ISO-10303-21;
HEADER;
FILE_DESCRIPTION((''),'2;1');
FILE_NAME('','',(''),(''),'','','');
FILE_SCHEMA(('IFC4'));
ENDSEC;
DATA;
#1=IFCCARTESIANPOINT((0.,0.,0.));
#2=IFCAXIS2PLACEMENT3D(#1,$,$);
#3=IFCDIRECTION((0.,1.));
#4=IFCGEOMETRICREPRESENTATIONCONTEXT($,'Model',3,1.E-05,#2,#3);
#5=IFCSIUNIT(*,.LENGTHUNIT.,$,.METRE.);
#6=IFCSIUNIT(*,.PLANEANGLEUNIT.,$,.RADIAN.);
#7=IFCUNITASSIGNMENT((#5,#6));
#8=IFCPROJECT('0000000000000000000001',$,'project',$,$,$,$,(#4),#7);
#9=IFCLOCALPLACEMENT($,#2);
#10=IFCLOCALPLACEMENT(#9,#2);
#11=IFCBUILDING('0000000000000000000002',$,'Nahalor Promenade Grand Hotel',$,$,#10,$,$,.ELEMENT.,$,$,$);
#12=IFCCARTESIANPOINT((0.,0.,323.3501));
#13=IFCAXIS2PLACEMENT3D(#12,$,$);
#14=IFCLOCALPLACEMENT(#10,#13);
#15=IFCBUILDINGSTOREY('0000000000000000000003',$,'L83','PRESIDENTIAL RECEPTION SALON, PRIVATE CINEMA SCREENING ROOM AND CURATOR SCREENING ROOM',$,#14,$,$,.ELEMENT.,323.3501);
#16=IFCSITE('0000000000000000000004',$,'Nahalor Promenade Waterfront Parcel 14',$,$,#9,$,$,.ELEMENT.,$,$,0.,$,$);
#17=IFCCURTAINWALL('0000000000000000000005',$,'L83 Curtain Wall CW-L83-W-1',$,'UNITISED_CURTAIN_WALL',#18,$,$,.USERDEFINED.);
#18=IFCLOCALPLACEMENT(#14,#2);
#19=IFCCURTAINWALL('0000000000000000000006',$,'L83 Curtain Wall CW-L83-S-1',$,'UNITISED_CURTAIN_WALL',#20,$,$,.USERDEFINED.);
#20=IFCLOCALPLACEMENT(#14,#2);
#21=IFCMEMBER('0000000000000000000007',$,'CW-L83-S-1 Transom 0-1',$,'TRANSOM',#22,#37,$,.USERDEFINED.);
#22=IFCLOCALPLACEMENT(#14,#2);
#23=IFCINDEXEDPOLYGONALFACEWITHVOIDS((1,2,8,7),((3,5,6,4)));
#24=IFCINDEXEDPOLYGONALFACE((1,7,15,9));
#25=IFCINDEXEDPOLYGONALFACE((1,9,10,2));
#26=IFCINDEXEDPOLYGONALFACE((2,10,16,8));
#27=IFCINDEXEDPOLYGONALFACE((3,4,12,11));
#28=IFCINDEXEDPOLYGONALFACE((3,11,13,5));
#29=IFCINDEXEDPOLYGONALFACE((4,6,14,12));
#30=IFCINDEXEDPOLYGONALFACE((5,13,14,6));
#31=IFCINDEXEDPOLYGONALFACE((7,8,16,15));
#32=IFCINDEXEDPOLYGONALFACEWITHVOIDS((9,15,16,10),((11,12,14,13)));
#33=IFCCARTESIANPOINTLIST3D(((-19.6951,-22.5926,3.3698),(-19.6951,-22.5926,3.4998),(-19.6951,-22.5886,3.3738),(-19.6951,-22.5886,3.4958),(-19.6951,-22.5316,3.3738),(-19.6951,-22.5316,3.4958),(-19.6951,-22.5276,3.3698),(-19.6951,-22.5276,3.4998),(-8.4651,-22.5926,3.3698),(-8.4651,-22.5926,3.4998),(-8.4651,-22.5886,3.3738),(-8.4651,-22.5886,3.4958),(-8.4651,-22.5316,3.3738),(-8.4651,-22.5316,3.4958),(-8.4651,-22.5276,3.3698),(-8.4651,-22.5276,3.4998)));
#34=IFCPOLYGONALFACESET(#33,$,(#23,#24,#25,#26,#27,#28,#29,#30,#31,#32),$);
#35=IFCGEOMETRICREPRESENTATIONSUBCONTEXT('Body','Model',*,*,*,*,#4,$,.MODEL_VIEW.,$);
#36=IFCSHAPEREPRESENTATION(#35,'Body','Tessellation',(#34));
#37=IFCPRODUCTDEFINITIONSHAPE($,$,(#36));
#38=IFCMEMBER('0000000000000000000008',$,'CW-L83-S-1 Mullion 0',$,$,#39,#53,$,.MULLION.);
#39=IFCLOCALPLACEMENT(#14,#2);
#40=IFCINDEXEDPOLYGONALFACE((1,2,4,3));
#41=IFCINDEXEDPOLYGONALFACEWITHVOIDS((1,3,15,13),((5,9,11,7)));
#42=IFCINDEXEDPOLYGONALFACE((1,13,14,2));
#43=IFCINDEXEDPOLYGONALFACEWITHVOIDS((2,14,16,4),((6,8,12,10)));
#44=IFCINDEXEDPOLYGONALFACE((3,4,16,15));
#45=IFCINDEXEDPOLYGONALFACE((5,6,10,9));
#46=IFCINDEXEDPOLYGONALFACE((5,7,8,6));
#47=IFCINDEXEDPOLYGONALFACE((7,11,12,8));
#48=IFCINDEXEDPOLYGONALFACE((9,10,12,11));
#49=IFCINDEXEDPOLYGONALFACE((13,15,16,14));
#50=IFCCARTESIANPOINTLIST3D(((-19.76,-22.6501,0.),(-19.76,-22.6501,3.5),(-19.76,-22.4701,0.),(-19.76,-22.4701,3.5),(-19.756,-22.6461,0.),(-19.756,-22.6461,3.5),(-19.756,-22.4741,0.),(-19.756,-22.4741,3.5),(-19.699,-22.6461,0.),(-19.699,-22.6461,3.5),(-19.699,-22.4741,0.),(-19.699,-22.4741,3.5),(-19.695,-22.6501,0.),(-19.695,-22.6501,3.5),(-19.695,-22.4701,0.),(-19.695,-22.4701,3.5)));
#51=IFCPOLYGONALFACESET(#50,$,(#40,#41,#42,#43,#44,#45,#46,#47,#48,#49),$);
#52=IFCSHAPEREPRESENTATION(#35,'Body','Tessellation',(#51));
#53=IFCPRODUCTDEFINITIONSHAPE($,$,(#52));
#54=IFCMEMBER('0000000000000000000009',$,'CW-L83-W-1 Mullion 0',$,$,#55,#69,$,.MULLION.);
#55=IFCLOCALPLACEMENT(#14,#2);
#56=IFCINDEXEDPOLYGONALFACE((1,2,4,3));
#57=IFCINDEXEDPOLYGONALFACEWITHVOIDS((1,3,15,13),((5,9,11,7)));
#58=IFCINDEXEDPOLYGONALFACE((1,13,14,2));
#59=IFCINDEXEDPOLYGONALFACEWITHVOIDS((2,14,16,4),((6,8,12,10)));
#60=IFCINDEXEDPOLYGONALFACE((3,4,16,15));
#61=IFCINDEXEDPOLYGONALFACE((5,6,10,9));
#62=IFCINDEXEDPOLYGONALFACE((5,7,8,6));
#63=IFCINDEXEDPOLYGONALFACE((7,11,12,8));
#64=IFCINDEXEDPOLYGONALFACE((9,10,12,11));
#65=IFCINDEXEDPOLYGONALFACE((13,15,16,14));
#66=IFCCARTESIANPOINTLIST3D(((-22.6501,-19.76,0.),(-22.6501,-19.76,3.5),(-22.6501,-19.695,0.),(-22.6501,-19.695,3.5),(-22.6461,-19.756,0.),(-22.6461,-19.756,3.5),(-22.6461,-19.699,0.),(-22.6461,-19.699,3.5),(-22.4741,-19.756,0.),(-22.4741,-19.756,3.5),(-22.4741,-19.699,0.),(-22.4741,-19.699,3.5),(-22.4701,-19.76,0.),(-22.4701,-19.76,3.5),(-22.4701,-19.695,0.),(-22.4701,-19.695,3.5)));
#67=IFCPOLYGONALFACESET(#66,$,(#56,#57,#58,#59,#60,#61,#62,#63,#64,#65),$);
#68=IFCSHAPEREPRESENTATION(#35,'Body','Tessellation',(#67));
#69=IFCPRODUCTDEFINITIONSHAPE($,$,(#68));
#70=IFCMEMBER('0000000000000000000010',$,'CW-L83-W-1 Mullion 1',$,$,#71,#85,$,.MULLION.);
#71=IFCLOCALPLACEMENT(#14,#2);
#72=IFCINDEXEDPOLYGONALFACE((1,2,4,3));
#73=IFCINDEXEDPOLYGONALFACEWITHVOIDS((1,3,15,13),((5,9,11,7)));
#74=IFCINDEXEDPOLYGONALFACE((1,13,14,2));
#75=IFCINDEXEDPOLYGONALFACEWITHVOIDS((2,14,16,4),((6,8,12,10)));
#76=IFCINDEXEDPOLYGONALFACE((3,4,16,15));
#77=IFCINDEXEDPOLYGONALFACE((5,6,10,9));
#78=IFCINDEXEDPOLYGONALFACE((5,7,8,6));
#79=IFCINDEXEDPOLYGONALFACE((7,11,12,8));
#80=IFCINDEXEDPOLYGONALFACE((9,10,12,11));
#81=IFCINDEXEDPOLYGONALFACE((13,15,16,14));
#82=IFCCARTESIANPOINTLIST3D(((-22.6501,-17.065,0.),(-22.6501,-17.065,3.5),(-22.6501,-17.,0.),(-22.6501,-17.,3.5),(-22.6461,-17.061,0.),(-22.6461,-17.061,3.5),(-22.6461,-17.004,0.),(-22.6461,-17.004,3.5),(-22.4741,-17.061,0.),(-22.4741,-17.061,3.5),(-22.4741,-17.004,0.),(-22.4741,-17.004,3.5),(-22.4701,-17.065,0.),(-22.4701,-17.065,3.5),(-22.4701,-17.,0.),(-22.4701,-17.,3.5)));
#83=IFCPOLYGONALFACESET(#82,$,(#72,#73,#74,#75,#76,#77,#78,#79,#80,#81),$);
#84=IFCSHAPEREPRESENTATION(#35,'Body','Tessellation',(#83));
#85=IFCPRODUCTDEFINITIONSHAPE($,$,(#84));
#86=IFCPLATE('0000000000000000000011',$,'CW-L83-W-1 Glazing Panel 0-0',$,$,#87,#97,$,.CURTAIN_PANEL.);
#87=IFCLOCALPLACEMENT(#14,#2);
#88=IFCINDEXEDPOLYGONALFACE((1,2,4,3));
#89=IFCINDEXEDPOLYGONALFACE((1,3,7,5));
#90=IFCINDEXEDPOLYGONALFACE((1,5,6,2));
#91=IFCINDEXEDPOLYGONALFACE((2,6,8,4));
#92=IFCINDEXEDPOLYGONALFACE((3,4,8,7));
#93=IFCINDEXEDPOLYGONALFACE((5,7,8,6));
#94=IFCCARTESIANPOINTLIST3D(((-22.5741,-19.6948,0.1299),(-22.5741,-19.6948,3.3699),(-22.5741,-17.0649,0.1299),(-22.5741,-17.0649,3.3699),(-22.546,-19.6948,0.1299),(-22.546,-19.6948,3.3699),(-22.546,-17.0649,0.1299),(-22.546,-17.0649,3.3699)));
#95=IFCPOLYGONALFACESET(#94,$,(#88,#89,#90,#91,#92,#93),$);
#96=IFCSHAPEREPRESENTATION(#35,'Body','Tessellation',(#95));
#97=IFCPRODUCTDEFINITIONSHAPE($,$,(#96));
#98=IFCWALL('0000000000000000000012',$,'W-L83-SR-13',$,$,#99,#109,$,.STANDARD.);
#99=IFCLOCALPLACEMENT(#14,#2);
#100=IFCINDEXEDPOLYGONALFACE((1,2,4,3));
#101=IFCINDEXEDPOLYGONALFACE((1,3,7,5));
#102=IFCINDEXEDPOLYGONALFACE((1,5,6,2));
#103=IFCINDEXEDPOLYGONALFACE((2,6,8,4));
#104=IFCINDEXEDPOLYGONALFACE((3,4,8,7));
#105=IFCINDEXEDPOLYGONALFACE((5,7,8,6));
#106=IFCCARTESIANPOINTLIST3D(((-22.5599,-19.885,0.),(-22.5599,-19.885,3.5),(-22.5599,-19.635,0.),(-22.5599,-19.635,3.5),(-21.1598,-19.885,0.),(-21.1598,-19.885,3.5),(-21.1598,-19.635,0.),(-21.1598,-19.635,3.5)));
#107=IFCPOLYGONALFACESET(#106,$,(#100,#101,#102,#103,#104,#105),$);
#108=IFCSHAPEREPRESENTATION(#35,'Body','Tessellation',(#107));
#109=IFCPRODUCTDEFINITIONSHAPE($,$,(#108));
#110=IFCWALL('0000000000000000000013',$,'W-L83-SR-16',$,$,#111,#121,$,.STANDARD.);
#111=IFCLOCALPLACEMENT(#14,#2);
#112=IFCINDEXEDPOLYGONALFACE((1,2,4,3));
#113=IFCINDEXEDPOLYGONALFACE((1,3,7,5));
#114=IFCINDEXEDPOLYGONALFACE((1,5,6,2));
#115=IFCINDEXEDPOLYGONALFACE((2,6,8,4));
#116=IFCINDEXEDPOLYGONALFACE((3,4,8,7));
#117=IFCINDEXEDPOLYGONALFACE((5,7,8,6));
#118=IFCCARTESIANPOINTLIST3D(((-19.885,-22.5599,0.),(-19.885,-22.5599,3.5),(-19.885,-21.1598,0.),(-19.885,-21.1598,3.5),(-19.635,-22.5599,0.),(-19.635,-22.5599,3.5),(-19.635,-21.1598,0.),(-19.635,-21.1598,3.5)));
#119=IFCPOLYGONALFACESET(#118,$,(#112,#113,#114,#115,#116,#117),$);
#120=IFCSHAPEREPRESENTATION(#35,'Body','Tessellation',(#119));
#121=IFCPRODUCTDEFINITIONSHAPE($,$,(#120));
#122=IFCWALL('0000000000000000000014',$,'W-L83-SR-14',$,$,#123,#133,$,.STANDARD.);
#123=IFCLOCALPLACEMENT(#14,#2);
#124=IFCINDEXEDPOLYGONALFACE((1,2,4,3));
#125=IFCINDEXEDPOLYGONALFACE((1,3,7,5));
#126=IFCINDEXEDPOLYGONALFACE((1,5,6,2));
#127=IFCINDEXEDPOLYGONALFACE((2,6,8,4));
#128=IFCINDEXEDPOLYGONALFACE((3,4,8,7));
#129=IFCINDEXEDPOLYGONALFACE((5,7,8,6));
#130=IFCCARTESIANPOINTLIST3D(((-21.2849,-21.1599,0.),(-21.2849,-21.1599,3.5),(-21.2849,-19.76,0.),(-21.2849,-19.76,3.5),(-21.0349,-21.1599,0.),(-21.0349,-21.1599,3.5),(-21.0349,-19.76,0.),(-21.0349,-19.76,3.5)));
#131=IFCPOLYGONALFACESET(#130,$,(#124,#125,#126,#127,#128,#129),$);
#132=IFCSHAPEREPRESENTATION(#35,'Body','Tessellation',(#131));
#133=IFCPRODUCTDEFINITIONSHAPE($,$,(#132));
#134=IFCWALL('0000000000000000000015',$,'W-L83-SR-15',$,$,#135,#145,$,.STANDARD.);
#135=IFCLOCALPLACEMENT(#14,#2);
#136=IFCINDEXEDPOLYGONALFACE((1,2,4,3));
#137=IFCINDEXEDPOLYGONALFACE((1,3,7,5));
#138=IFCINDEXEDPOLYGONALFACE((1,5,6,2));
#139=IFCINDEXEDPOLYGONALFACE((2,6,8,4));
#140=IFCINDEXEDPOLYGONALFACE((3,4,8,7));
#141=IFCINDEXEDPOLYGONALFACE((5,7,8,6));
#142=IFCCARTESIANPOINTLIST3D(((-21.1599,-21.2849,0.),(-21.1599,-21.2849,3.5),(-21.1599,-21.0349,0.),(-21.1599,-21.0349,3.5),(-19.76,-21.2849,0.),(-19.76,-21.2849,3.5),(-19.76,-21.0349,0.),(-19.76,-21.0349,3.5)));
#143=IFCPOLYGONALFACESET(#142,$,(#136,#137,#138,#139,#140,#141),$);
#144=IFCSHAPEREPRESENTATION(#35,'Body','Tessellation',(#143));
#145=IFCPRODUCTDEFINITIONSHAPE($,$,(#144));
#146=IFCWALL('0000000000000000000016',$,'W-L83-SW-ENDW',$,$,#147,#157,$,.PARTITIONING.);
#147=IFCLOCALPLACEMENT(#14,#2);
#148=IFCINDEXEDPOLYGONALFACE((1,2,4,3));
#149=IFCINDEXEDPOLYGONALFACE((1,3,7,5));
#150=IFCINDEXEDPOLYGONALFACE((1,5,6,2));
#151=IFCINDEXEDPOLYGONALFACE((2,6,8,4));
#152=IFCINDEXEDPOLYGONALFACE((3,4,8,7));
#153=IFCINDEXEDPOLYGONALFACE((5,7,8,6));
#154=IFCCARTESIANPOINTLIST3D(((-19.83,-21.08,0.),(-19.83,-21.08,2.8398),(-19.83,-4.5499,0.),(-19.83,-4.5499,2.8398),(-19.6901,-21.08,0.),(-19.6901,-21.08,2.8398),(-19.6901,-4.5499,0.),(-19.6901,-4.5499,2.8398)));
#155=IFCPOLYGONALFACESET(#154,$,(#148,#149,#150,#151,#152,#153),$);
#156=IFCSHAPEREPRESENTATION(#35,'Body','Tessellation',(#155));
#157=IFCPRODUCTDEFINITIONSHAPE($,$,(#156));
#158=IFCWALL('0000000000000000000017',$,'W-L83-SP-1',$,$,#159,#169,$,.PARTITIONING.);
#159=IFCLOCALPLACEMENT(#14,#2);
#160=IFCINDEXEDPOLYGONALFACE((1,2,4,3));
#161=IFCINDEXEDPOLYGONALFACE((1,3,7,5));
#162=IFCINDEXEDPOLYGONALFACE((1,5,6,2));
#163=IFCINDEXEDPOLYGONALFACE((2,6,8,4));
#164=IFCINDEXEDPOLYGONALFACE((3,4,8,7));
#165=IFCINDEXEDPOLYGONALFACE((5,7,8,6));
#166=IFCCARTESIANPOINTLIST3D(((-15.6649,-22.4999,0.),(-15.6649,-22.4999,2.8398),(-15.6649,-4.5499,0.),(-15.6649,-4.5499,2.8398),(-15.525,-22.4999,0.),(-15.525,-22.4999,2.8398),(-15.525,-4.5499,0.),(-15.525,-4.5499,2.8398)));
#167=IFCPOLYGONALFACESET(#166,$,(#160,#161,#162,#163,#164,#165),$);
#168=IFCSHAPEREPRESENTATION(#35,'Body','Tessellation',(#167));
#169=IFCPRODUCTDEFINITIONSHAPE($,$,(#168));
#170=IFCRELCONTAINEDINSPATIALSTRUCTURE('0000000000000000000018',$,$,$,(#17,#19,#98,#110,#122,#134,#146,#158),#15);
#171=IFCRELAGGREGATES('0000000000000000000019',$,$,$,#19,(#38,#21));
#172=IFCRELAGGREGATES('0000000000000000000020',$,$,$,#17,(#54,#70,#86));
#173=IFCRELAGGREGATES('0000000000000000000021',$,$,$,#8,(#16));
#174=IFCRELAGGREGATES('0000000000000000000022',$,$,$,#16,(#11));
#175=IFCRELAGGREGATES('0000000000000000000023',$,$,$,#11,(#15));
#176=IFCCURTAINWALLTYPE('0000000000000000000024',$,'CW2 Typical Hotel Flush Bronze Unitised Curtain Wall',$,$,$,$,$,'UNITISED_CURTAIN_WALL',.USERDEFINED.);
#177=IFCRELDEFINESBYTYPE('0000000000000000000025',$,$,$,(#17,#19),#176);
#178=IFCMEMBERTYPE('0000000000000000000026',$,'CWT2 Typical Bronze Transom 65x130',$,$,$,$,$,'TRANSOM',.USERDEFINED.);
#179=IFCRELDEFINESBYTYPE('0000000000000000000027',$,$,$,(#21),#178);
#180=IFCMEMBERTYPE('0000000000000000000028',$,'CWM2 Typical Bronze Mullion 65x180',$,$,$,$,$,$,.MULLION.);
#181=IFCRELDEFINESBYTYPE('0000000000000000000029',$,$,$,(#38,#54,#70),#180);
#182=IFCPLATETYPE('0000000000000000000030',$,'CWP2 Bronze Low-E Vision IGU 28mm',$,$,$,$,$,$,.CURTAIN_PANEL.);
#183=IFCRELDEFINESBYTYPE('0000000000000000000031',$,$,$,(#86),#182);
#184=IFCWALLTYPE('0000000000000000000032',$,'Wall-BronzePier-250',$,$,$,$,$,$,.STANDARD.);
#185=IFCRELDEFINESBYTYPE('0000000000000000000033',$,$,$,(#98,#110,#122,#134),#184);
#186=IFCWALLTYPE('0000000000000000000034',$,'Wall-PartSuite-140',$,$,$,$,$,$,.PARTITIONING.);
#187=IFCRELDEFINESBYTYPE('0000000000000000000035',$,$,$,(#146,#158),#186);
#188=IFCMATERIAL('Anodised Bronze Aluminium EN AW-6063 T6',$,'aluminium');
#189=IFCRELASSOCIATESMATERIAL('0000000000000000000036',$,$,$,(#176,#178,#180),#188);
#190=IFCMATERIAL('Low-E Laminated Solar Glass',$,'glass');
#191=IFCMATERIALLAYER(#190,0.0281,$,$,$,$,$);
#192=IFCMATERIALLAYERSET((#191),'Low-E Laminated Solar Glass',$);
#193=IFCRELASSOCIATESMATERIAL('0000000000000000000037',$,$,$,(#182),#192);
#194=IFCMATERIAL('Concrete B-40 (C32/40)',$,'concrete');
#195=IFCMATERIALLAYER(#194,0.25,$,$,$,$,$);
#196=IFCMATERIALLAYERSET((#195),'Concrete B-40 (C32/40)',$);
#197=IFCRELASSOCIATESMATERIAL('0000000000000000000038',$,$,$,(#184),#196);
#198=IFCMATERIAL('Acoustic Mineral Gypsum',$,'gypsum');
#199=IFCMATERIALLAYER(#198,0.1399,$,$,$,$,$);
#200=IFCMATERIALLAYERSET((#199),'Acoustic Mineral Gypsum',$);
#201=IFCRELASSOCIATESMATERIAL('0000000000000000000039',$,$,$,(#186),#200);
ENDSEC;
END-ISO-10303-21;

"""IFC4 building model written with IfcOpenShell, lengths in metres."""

from ifc_helpers import new_model, si_unit, direction, frame, frame_2d, origin, origin_2d, place, context, subcontext, project, spatial, rectangle, hollow_rectangle, extrude, source, transform, mapped, material, layer, layer_set, material_profile, profile_set, type_object, element, aggregate, save


model = new_model("IFC4")

# Units and contexts
model_context = context("Model", 3, precision=1e-05, world=origin(), true_north=direction((0.0, 1.0)))
body_context = subcontext(model_context, "Body", "Model", "MODEL_VIEW")
ifc_project = project(units=[si_unit("LENGTHUNIT", "METRE"), si_unit("PLANEANGLEUNIT", "RADIAN")], contexts=[model_context])

# Site, building, storey
site_placement = place(None, origin())
site = spatial("IfcSite", under=ifc_project, at=site_placement, Name="Nahalor Promenade Waterfront Parcel 14", CompositionType="ELEMENT", RefElevation=0.0)
building_placement = place(site_placement, origin())
building = spatial("IfcBuilding", under=site, at=building_placement, Name="Nahalor Promenade Grand Hotel", CompositionType="ELEMENT")
storey_placement = place(building_placement, frame((0.0, 0.0, 323.3501)))
storey = spatial("IfcBuildingStorey", under=building, at=storey_placement, Name="L83", Description="PRESIDENTIAL RECEPTION SALON, PRIVATE CINEMA SCREENING ROOM AND CURATOR SCREENING ROOM", CompositionType="ELEMENT", Elevation=323.3501)

# Curtain walls, members
ifc_material_1 = material(Name="Anodised Bronze Aluminium EN AW-6063 T6", Category="aluminium")
curtain_wall_type = type_object("IfcCurtainWallType", Name="CW2 Typical Hotel Flush Bronze Unitised Curtain Wall", ElementType="UNITISED_CURTAIN_WALL", PredefinedType="USERDEFINED", material=ifc_material_1)
curtain_wall_1_placement = place(storey_placement, origin())
curtain_wall_1 = element("IfcCurtainWall", 1, at=curtain_wall_1_placement, inside=storey, type_object=curtain_wall_type, Name="L83 Curtain Wall CW-L83-W-1", ObjectType="UNITISED_CURTAIN_WALL", PredefinedType="USERDEFINED")
ifc_material_profile_1 = material_profile(ifc_material_1, hollow_rectangle(XDim=0.065, YDim=0.13, WallThickness=0.004, at=origin_2d()), Name="CWT 65x130x4")
ifc_profile_set_1 = profile_set([ifc_material_profile_1], Name="Anodised Bronze Aluminium EN AW-6063 T6")
member_type_1 = type_object("IfcMemberType", Name="CWT2 Typical Bronze Transom 65x130", ElementType="TRANSOM", PredefinedType="USERDEFINED", material=ifc_profile_set_1)
curtain_wall_2_placement = place(storey_placement, origin())
curtain_wall_2 = element("IfcCurtainWall", 2, at=curtain_wall_2_placement, inside=storey, type_object=curtain_wall_type, Name="L83 Curtain Wall CW-L83-S-1", ObjectType="UNITISED_CURTAIN_WALL", PredefinedType="USERDEFINED")
shared_shape_1 = source(origin(), body_context, "Body", "SweptSolid", [
    extrude(hollow_rectangle(XDim=0.065, YDim=0.13, WallThickness=0.004, at=origin_2d()), origin(), (0.0, 0.0, 1.0), 11.23),
])
member_1_placement = place(storey_placement, frame((-19.6951, -22.5601, 3.4348), z_axis=(1.0, 0.0, 0.0), x_axis=(0.0, 1.0, 0.0)))
member_1 = element("IfcMember", 3, at=member_1_placement, type_object=member_type_1, Name="CW-L83-S-1 Transom 0-1", ObjectType="TRANSOM", PredefinedType="USERDEFINED", context=body_context, shape_type="MappedRepresentation", body=[
    mapped(shared_shape_1, transform((0.0, 0.0, 0.0), scale=1.0)),
])
ifc_material_profile_2 = material_profile(ifc_material_1, hollow_rectangle(XDim=0.065, YDim=0.18, WallThickness=0.004, at=origin_2d()), Name="CWM 65x180x4")
ifc_profile_set_2 = profile_set([ifc_material_profile_2], Name="Anodised Bronze Aluminium EN AW-6063 T6")
member_type_2 = type_object("IfcMemberType", Name="CWM2 Typical Bronze Mullion 65x180", PredefinedType="MULLION", material=ifc_profile_set_2)
shared_shape_2 = source(origin(), body_context, "Body", "SweptSolid", [
    extrude(hollow_rectangle(XDim=0.065, YDim=0.18, WallThickness=0.004, at=origin_2d()), origin(), (0.0, 0.0, 1.0), 3.5),
])
member_2_placement = place(storey_placement, frame((-19.7275, -22.5601, 0.0), z_axis=(0.0, 0.0, 1.0), x_axis=(1.0, 0.0, 0.0)))
member_2 = element("IfcMember", 4, at=member_2_placement, type_object=member_type_2, Name="CW-L83-S-1 Mullion 0", PredefinedType="MULLION", context=body_context, shape_type="MappedRepresentation", body=[
    mapped(shared_shape_2, transform((0.0, 0.0, 0.0), scale=1.0)),
])
aggregate(curtain_wall_2, [member_2, member_1])

# Members
member_3_placement = place(storey_placement, frame((-22.5601, -19.7275, 0.0), z_axis=(0.0, 0.0, 1.0), x_axis=(0.0, 1.0, 0.0)))
member_3 = element("IfcMember", 5, at=member_3_placement, type_object=member_type_2, Name="CW-L83-W-1 Mullion 0", PredefinedType="MULLION", context=body_context, shape_type="MappedRepresentation", body=[
    mapped(shared_shape_2, transform((0.0, 0.0, 0.0), scale=1.0)),
])
member_4_placement = place(storey_placement, frame((-22.5601, -17.0325, 0.0), z_axis=(0.0, 0.0, 1.0), x_axis=(0.0, 1.0, 0.0)))
member_4 = element("IfcMember", 6, at=member_4_placement, type_object=member_type_2, Name="CW-L83-W-1 Mullion 1", PredefinedType="MULLION", context=body_context, shape_type="MappedRepresentation", body=[
    mapped(shared_shape_2, transform((0.0, 0.0, 0.0), scale=1.0)),
])

# Plate
ifc_material_2 = material(Name="Low-E Laminated Solar Glass", Category="glass")
ifc_layer_1 = layer(ifc_material_2, 0.0281)
ifc_layer_set_1 = layer_set([ifc_layer_1], Name="Low-E Laminated Solar Glass")
plate_type = type_object("IfcPlateType", Name="CWP2 Bronze Low-E Vision IGU 28mm", PredefinedType="CURTAIN_PANEL", material=ifc_layer_set_1)
shared_shape_3 = source(origin(), body_context, "Body", "SweptSolid", [
    extrude(rectangle(XDim=2.6299, YDim=0.0281, at=origin_2d()), origin(), (0.0, 0.0, 1.0), 3.24),
])
plate_placement = place(storey_placement, frame((-22.5601, -18.3799, 0.1299), z_axis=(0.0, 0.0, 1.0), x_axis=(0.0, 1.0, 0.0)))
plate = element("IfcPlate", 7, at=plate_placement, type_object=plate_type, Name="CW-L83-W-1 Glazing Panel 0-0", PredefinedType="CURTAIN_PANEL", context=body_context, shape_type="MappedRepresentation", body=[
    mapped(shared_shape_3, transform((0.0, 0.0, 0.0), scale=1.0)),
])
aggregate(curtain_wall_1, [member_3, member_4, plate])

# Walls
ifc_material_3 = material(Name="Concrete B-40 (C32/40)", Category="concrete")
ifc_layer_2 = layer(ifc_material_3, 0.25)
ifc_layer_set_2 = layer_set([ifc_layer_2], Name="Concrete B-40 (C32/40)")
wall_type_1 = type_object("IfcWallType", Name="Wall-BronzePier-250", PredefinedType="STANDARD", material=ifc_layer_set_2)
shared_shape_4 = source(origin(), body_context, "Body", "SweptSolid", [
    extrude(rectangle(XDim=1.4001, YDim=0.25, at=frame_2d((0.7002, 0.0))), origin(), (0.0, 0.0, 1.0), 3.5),
])
for number, where, z_axis, x_axis, name in (
    (8, (-22.5601, -19.76, 0.0), (0.0, 0.0, 1.0), (1.0, 0.0, 0.0), "W-L83-SR-13"),
    (9, (-19.76, -22.5601, 0.0), (0.0, 0.0, 1.0), (0.0, 1.0, 0.0), "W-L83-SR-16"),
):
    element("IfcWall", number, at=place(storey_placement, frame(where, z_axis=z_axis, x_axis=x_axis)), inside=storey, type_object=wall_type_1, Name=name, PredefinedType="STANDARD", context=body_context, shape_type="MappedRepresentation", body=[
        mapped(shared_shape_4, transform((0.0, 0.0, 0.0), scale=1.0)),
    ])
shared_shape_5 = source(origin(), body_context, "Body", "SweptSolid", [
    extrude(rectangle(XDim=1.3999, YDim=0.25, at=frame_2d((0.7, 0.0))), origin(), (0.0, 0.0, 1.0), 3.5),
])
for number, where, z_axis, x_axis, name in (
    (10, (-21.1599, -21.1599, 0.0), (0.0, 0.0, 1.0), (0.0, 1.0, 0.0), "W-L83-SR-14"),
    (11, (-21.1599, -21.1599, 0.0), (0.0, 0.0, 1.0), (1.0, 0.0, 0.0), "W-L83-SR-15"),
):
    element("IfcWall", number, at=place(storey_placement, frame(where, z_axis=z_axis, x_axis=x_axis)), inside=storey, type_object=wall_type_1, Name=name, PredefinedType="STANDARD", context=body_context, shape_type="MappedRepresentation", body=[
        mapped(shared_shape_5, transform((0.0, 0.0, 0.0), scale=1.0)),
    ])
ifc_material_4 = material(Name="Acoustic Mineral Gypsum", Category="gypsum")
ifc_layer_3 = layer(ifc_material_4, 0.1399)
ifc_layer_set_3 = layer_set([ifc_layer_3], Name="Acoustic Mineral Gypsum")
wall_type_2 = type_object("IfcWallType", Name="Wall-PartSuite-140", PredefinedType="PARTITIONING", material=ifc_layer_set_3)
shared_shape_6 = source(origin(), body_context, "Body", "SweptSolid", [
    extrude(rectangle(XDim=16.53, YDim=0.1399, at=frame_2d((8.2651, 0.0))), origin(), (0.0, 0.0, 1.0), 2.8398),
])
wall_1_placement = place(storey_placement, frame((-19.76, -21.0801, 0.0), z_axis=(0.0, 0.0, 1.0), x_axis=(0.0, 1.0, 0.0)))
element("IfcWall", 12, at=wall_1_placement, inside=storey, type_object=wall_type_2, Name="W-L83-SW-ENDW", PredefinedType="PARTITIONING", context=body_context, shape_type="MappedRepresentation", body=[
    mapped(shared_shape_6, transform((0.0, 0.0, 0.0), scale=1.0)),
])
shared_shape_7 = source(origin(), body_context, "Body", "SweptSolid", [
    extrude(rectangle(XDim=17.95, YDim=0.1399, at=frame_2d((8.9751, 0.0))), origin(), (0.0, 0.0, 1.0), 2.8398),
])
wall_2_placement = place(storey_placement, frame((-15.595, -22.5, 0.0), z_axis=(0.0, 0.0, 1.0), x_axis=(0.0, 1.0, 0.0)))
element("IfcWall", 13, at=wall_2_placement, inside=storey, type_object=wall_type_2, Name="W-L83-SP-1", PredefinedType="PARTITIONING", context=body_context, shape_type="MappedRepresentation", body=[
    mapped(shared_shape_7, transform((0.0, 0.0, 0.0), scale=1.0)),
])

save(model, "model.ifc")
